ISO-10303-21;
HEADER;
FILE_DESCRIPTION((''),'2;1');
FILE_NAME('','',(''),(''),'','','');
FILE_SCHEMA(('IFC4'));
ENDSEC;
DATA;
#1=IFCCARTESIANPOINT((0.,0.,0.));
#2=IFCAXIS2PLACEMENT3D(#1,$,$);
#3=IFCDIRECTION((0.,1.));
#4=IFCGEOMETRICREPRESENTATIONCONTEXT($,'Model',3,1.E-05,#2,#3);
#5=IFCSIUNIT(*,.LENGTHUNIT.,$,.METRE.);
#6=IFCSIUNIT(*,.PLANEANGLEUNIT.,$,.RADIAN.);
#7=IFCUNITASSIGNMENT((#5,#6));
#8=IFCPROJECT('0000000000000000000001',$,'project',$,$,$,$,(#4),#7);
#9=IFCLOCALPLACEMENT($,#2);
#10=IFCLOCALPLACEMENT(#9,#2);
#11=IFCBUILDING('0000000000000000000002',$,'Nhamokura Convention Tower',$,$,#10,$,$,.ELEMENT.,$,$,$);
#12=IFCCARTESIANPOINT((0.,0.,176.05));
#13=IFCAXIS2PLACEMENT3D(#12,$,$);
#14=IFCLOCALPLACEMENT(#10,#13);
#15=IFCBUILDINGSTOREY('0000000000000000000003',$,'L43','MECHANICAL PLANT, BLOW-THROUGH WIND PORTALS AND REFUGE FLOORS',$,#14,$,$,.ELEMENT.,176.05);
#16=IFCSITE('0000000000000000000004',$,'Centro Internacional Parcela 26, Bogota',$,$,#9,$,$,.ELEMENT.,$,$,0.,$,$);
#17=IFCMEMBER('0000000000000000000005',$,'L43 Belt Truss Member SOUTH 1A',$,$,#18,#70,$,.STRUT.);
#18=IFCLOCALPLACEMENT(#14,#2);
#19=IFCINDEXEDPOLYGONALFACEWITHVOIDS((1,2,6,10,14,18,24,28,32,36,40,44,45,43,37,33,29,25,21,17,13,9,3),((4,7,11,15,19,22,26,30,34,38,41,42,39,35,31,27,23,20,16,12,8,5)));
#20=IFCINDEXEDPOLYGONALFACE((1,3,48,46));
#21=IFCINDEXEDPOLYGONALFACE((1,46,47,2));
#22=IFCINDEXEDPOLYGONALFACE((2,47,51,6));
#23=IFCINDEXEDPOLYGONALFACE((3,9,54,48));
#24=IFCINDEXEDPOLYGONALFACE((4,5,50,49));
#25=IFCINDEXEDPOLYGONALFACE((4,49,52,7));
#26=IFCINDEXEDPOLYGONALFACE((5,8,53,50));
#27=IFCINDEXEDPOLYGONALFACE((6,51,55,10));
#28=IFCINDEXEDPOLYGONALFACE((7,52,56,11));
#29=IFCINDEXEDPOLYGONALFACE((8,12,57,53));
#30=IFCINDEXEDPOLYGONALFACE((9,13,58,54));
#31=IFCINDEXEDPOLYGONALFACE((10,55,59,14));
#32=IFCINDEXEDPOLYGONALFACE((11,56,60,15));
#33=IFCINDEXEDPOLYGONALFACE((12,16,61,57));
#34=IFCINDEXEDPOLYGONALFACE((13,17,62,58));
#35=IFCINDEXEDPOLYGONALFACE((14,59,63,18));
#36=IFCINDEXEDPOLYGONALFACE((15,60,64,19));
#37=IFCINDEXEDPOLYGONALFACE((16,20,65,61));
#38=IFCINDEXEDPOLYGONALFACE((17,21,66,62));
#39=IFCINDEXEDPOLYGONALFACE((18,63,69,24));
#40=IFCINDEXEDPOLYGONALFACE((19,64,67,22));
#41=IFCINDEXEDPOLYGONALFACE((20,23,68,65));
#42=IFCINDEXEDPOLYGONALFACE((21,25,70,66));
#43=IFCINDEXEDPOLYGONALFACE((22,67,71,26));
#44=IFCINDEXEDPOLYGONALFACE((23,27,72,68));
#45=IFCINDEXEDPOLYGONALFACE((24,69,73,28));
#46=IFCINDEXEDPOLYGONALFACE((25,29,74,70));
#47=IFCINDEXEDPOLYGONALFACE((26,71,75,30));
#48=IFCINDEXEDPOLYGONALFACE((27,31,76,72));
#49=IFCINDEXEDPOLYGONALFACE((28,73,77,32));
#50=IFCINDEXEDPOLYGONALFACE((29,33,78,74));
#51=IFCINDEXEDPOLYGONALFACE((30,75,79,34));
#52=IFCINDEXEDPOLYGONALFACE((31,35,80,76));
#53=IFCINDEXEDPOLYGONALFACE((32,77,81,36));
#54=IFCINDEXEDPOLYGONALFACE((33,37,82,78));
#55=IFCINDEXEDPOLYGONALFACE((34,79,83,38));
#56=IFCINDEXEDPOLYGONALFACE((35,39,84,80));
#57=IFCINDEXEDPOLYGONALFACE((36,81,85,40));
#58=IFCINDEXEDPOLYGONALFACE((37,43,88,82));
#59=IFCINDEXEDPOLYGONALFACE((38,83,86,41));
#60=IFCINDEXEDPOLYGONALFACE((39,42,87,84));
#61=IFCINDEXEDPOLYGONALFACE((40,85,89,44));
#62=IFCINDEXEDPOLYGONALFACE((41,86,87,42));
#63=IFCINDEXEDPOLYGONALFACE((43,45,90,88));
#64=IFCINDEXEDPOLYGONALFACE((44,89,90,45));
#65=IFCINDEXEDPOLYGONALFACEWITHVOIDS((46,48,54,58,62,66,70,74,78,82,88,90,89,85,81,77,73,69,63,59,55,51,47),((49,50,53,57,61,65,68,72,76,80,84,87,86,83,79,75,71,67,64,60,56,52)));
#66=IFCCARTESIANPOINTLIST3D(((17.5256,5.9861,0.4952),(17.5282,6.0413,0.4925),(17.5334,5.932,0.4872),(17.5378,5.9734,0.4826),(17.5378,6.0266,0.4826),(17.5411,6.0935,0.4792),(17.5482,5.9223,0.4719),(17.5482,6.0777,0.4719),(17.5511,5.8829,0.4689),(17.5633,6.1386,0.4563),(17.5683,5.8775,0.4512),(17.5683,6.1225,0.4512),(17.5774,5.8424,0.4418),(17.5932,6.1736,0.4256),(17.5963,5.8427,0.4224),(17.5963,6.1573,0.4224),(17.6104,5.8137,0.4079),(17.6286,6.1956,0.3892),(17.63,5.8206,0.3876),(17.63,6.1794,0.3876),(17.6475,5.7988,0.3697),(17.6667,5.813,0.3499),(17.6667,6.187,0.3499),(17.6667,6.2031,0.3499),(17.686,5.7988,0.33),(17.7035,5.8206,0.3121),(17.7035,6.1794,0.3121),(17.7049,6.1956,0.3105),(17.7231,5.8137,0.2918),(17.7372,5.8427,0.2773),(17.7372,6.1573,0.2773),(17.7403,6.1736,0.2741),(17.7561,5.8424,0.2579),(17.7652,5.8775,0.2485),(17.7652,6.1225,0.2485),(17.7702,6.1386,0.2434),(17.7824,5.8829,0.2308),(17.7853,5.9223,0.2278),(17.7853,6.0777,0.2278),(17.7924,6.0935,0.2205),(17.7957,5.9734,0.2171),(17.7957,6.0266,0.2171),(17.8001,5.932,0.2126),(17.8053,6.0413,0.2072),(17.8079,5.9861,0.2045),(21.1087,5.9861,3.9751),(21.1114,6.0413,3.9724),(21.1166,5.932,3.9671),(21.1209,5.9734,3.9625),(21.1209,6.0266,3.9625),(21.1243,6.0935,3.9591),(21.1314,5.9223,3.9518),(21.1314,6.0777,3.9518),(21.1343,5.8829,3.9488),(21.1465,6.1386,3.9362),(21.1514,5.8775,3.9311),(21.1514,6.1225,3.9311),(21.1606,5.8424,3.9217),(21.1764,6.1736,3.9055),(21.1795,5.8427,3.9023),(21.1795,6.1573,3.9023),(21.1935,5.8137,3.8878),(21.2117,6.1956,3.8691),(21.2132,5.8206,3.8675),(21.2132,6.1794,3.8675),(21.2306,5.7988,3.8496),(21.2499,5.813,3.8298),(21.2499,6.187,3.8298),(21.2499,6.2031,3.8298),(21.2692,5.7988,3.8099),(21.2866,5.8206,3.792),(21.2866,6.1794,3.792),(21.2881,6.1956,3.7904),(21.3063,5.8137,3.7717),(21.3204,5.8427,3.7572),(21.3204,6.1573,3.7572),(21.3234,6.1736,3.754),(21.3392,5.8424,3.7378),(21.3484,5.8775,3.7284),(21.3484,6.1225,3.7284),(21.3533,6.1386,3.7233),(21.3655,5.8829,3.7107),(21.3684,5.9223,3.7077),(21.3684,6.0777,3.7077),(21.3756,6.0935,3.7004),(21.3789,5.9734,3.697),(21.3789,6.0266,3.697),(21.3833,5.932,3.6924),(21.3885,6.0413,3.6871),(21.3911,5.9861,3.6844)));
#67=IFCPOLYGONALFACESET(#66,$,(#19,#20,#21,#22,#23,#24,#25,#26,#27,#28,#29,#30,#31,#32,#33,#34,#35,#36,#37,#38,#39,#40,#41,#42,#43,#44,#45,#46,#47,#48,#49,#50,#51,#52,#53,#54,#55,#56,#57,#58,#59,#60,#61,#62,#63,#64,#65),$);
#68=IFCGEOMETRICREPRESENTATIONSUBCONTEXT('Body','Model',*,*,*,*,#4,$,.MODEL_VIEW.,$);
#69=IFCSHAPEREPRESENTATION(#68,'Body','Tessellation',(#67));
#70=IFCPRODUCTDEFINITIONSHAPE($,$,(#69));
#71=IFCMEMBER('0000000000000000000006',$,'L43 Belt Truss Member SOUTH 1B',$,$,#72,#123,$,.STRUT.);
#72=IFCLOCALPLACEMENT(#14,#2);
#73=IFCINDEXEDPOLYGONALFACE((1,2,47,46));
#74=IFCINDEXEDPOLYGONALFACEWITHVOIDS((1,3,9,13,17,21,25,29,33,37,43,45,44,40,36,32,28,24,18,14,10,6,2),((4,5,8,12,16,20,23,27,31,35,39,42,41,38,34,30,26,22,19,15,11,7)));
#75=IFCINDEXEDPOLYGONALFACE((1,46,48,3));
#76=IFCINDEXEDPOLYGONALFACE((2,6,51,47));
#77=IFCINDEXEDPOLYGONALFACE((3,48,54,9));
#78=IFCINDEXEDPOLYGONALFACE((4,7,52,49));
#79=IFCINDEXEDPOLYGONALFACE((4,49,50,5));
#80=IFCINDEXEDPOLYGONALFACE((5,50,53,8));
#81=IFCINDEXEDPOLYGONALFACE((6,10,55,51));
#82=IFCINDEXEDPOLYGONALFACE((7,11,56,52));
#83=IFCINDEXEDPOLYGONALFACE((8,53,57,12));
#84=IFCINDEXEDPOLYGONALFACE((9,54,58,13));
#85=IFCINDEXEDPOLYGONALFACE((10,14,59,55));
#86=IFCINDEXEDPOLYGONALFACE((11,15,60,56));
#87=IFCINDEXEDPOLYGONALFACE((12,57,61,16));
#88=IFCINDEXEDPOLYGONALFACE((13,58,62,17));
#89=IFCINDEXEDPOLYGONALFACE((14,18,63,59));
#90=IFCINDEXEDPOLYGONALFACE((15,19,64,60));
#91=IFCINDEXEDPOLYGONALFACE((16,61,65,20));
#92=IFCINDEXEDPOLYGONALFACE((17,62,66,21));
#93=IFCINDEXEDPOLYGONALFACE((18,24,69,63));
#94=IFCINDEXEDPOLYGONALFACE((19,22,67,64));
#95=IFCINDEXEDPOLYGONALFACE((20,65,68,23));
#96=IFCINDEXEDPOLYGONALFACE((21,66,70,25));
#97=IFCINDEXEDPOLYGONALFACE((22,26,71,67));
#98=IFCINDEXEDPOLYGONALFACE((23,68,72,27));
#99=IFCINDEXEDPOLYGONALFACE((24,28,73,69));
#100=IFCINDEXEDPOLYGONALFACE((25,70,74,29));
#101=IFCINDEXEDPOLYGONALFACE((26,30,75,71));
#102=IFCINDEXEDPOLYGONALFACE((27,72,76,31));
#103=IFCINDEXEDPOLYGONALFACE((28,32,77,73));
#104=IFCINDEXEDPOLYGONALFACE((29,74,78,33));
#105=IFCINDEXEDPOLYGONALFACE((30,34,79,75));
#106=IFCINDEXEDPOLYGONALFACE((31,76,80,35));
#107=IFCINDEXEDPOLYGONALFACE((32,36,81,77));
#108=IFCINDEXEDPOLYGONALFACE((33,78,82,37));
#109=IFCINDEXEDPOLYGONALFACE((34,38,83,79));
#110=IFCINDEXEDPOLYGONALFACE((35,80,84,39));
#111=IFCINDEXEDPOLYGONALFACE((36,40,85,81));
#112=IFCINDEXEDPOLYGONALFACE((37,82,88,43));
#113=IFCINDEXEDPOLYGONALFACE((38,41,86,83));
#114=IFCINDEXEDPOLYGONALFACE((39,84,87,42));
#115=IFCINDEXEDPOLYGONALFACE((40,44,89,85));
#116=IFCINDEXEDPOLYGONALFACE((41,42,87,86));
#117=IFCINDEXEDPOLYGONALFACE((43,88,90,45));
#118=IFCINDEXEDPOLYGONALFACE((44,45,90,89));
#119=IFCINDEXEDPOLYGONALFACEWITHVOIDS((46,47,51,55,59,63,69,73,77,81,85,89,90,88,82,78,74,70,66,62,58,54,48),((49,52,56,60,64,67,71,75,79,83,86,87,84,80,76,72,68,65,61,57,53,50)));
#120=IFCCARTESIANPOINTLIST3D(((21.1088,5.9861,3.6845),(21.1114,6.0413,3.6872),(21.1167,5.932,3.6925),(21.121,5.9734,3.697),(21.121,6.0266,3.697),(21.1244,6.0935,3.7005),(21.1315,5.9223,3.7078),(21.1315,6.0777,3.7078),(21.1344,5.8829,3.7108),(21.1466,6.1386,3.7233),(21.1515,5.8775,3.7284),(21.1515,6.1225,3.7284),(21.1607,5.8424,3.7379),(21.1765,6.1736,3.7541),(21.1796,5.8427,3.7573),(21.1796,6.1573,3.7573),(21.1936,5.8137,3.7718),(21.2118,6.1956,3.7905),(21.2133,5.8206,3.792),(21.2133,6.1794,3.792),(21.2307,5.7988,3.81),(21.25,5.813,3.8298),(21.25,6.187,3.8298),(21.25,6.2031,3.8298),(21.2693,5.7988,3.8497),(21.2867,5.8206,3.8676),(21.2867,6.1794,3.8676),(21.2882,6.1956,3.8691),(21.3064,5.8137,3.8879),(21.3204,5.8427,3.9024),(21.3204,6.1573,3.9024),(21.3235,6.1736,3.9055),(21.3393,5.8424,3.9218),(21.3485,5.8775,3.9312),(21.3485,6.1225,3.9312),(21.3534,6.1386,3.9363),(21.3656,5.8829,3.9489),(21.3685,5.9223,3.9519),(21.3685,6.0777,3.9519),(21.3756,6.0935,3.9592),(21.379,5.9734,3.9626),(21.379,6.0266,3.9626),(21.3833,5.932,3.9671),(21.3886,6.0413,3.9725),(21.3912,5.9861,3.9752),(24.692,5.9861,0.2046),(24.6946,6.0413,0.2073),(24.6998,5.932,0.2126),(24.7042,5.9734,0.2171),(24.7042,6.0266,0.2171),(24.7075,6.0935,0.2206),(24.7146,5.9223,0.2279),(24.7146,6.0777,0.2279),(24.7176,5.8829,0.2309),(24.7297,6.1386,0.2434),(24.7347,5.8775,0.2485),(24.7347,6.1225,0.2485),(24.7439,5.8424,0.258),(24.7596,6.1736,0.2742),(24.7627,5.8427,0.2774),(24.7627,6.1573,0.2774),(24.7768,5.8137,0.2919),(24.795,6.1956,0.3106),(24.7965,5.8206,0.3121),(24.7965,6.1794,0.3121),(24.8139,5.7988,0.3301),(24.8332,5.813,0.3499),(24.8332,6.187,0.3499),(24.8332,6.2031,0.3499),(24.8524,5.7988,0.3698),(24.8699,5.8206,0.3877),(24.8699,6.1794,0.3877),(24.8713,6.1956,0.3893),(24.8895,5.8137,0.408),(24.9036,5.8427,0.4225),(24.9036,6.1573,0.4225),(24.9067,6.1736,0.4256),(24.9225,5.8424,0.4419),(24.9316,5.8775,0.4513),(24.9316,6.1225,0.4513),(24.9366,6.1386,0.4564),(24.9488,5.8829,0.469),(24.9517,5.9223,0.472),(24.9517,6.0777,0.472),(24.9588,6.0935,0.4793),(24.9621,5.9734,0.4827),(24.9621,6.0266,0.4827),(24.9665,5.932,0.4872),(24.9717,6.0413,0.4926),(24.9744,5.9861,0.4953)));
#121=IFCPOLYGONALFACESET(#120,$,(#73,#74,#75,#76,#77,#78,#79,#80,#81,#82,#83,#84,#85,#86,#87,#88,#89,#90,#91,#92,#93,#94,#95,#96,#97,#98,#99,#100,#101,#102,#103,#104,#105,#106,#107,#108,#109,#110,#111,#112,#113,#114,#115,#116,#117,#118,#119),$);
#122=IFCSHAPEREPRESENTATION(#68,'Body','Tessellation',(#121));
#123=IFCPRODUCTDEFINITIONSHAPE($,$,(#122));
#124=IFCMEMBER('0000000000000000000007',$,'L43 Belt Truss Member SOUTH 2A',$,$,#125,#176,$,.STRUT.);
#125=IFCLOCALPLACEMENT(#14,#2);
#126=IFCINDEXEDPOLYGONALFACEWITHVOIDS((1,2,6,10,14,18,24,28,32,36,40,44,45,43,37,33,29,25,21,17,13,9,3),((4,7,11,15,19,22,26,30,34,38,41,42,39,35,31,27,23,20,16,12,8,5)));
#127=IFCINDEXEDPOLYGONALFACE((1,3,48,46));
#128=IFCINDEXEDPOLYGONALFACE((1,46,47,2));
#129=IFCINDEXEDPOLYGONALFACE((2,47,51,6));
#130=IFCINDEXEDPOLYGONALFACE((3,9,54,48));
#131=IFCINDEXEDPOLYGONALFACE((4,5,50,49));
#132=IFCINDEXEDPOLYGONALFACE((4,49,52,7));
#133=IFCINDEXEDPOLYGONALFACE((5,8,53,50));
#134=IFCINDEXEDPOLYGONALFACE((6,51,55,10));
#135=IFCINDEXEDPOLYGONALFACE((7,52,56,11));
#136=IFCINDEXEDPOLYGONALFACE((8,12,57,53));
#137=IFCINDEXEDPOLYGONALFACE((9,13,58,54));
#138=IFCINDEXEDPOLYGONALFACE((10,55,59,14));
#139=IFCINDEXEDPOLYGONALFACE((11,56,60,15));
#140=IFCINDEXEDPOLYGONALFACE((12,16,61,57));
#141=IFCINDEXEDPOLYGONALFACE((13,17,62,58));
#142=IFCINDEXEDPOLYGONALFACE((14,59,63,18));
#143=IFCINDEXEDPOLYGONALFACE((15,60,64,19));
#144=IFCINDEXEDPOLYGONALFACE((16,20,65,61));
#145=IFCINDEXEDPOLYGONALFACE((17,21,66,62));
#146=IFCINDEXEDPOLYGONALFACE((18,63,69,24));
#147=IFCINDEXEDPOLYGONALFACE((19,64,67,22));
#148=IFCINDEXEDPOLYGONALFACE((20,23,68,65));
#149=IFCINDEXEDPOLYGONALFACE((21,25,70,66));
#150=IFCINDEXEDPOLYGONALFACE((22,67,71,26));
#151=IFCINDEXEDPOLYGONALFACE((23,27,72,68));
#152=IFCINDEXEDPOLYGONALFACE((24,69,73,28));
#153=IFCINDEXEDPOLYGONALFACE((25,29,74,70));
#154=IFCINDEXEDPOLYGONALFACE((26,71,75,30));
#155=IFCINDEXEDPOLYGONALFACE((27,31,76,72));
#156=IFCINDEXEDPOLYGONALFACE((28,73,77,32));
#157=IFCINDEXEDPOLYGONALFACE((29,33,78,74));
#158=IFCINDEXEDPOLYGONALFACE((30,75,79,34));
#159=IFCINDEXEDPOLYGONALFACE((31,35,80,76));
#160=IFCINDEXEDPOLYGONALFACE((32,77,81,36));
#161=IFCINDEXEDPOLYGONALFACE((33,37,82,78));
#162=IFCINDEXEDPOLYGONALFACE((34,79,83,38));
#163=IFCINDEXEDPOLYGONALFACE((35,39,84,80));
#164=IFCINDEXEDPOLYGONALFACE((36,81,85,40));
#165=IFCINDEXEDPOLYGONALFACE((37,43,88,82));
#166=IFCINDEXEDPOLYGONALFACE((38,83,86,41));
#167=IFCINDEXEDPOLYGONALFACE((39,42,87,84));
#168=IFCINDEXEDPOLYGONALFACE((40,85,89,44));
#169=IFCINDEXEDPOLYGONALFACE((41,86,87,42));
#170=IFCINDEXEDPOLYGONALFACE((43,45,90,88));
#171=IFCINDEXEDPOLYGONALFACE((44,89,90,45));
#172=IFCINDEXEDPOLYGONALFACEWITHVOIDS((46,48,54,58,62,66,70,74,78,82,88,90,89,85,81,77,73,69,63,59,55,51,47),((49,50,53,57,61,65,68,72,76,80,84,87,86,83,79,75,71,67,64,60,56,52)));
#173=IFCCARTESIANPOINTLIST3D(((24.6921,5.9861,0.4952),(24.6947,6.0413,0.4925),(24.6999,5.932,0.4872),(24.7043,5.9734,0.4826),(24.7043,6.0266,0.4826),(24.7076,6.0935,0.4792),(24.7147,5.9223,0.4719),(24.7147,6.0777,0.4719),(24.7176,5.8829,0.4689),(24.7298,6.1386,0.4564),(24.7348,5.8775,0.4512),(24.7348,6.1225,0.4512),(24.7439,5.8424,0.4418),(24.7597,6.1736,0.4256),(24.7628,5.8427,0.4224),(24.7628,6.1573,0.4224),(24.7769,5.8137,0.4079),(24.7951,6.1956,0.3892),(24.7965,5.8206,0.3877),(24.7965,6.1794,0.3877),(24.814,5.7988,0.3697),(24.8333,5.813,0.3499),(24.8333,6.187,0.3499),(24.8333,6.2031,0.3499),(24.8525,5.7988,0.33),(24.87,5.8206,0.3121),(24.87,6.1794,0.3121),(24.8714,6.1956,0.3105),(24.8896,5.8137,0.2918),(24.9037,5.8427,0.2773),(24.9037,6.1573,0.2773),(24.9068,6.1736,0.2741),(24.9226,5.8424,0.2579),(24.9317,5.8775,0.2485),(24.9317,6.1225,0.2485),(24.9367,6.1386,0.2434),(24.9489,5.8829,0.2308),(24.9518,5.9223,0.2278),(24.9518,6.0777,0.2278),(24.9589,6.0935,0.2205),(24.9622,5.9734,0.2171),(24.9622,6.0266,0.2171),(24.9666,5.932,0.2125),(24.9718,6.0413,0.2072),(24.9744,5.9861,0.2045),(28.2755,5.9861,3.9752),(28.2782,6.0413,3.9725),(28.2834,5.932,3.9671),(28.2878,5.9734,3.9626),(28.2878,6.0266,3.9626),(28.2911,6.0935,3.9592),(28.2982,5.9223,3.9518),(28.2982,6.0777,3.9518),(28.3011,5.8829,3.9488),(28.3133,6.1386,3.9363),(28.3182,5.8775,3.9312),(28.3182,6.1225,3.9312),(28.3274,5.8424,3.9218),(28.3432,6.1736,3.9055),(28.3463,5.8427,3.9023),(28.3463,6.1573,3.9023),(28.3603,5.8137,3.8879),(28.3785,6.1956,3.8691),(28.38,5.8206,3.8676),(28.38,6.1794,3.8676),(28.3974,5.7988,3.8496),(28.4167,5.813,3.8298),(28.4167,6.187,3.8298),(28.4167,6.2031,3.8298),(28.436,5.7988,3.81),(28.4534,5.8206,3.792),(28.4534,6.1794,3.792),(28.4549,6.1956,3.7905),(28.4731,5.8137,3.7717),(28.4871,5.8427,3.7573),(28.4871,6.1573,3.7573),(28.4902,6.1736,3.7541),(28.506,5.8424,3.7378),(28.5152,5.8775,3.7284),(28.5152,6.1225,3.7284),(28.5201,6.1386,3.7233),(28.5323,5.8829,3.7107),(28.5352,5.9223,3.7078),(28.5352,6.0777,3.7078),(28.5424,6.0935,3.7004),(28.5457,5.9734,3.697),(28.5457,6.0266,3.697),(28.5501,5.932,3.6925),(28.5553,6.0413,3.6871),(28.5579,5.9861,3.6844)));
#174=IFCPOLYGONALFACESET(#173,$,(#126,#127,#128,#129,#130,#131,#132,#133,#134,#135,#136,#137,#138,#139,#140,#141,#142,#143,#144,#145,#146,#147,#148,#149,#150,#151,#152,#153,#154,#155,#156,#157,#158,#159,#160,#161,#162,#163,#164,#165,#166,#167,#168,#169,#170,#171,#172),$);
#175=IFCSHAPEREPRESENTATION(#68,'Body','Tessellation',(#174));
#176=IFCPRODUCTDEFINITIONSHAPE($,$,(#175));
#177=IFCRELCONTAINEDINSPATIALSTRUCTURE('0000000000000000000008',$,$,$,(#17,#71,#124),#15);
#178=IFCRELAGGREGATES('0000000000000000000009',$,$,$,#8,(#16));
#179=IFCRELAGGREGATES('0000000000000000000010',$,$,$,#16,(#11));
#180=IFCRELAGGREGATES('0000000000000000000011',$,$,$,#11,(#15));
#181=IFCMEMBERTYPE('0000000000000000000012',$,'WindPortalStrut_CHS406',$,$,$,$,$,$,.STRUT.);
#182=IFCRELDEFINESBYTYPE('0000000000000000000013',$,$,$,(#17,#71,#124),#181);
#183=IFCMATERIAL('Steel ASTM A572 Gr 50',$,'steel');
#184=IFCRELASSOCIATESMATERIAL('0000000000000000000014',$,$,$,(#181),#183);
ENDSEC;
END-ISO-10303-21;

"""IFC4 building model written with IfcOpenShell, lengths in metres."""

from ifc_helpers import new_model, si_unit, direction, frame, origin, origin_2d, place, context, subcontext, project, spatial, hollow_circle, extrude, material, material_profile, profile_set, type_object, element, save


model = new_model("IFC4")

# Units and contexts
model_context = context("Model", 3, precision=1e-05, world=origin(), true_north=direction((0.0, 1.0)))
body_context = subcontext(model_context, "Body", "Model", "MODEL_VIEW")
ifc_project = project(units=[si_unit("LENGTHUNIT", "METRE"), si_unit("PLANEANGLEUNIT", "RADIAN")], contexts=[model_context])

# Site, building, storey
site_placement = place(None, origin())
site = spatial("IfcSite", under=ifc_project, at=site_placement, Name="Centro Internacional Parcela 26, Bogota", CompositionType="ELEMENT", RefElevation=0.0)
building_placement = place(site_placement, origin())
building = spatial("IfcBuilding", under=site, at=building_placement, Name="Nhamokura Convention Tower", CompositionType="ELEMENT")
storey_placement = place(building_placement, frame((0.0, 0.0, 176.05)))
storey = spatial("IfcBuildingStorey", under=building, at=storey_placement, Name="L43", Description="MECHANICAL PLANT, BLOW-THROUGH WIND PORTALS AND REFUGE FLOORS", CompositionType="ELEMENT", Elevation=176.05)

# Members
ifc_material_1 = material(Name="Steel ASTM A572 Gr 50", Category="steel")
ifc_material_profile_1 = material_profile(ifc_material_1, hollow_circle(Radius=0.2031, WallThickness=0.0161, at=origin_2d()))
ifc_profile_set_1 = profile_set([ifc_material_profile_1], Name="Steel ASTM A572 Gr 50")
member_type_1 = type_object("IfcMemberType", Name="WindPortalStrut_CHS406", PredefinedType="STRUT", material=ifc_profile_set_1)
for number, where, z_axis, x_axis, name in (
    (1, (17.6667, 6.0, 0.3499), (0.717369, 0.0, 0.696694), (0.0, 1.0, 0.0), "L43 Belt Truss Member SOUTH 1A"),
    (2, (21.25, 6.0, 3.8298), (0.717369, 0.0, -0.696694), (0.0, 1.0, 0.0), "L43 Belt Truss Member SOUTH 1B"),
):
    element("IfcMember", number, at=place(storey_placement, frame(where, z_axis=z_axis, x_axis=x_axis)), inside=storey, type_object=member_type_1, Name=name, PredefinedType="STRUT", context=body_context, shape_type="SweptSolid", body=[
        extrude(hollow_circle(Radius=0.2031, WallThickness=0.0161, at=origin_2d()), origin(), (0.0, 0.0, 1.0), 4.9949),
    ])
member_1_placement = place(storey_placement, frame((24.8333, 6.0, 0.3499), z_axis=(0.717392, 0.0, 0.696669), x_axis=(0.0, 1.0, 0.0)))
element("IfcMember", 3, at=member_1_placement, inside=storey, type_object=member_type_1, Name="L43 Belt Truss Member SOUTH 2A", PredefinedType="STRUT", context=body_context, shape_type="SweptSolid", body=[
    extrude(hollow_circle(Radius=0.2031, WallThickness=0.0161, at=origin_2d()), origin(), (0.0, 0.0, 1.0), 4.9951),
])

save(model, "model.ifc")
